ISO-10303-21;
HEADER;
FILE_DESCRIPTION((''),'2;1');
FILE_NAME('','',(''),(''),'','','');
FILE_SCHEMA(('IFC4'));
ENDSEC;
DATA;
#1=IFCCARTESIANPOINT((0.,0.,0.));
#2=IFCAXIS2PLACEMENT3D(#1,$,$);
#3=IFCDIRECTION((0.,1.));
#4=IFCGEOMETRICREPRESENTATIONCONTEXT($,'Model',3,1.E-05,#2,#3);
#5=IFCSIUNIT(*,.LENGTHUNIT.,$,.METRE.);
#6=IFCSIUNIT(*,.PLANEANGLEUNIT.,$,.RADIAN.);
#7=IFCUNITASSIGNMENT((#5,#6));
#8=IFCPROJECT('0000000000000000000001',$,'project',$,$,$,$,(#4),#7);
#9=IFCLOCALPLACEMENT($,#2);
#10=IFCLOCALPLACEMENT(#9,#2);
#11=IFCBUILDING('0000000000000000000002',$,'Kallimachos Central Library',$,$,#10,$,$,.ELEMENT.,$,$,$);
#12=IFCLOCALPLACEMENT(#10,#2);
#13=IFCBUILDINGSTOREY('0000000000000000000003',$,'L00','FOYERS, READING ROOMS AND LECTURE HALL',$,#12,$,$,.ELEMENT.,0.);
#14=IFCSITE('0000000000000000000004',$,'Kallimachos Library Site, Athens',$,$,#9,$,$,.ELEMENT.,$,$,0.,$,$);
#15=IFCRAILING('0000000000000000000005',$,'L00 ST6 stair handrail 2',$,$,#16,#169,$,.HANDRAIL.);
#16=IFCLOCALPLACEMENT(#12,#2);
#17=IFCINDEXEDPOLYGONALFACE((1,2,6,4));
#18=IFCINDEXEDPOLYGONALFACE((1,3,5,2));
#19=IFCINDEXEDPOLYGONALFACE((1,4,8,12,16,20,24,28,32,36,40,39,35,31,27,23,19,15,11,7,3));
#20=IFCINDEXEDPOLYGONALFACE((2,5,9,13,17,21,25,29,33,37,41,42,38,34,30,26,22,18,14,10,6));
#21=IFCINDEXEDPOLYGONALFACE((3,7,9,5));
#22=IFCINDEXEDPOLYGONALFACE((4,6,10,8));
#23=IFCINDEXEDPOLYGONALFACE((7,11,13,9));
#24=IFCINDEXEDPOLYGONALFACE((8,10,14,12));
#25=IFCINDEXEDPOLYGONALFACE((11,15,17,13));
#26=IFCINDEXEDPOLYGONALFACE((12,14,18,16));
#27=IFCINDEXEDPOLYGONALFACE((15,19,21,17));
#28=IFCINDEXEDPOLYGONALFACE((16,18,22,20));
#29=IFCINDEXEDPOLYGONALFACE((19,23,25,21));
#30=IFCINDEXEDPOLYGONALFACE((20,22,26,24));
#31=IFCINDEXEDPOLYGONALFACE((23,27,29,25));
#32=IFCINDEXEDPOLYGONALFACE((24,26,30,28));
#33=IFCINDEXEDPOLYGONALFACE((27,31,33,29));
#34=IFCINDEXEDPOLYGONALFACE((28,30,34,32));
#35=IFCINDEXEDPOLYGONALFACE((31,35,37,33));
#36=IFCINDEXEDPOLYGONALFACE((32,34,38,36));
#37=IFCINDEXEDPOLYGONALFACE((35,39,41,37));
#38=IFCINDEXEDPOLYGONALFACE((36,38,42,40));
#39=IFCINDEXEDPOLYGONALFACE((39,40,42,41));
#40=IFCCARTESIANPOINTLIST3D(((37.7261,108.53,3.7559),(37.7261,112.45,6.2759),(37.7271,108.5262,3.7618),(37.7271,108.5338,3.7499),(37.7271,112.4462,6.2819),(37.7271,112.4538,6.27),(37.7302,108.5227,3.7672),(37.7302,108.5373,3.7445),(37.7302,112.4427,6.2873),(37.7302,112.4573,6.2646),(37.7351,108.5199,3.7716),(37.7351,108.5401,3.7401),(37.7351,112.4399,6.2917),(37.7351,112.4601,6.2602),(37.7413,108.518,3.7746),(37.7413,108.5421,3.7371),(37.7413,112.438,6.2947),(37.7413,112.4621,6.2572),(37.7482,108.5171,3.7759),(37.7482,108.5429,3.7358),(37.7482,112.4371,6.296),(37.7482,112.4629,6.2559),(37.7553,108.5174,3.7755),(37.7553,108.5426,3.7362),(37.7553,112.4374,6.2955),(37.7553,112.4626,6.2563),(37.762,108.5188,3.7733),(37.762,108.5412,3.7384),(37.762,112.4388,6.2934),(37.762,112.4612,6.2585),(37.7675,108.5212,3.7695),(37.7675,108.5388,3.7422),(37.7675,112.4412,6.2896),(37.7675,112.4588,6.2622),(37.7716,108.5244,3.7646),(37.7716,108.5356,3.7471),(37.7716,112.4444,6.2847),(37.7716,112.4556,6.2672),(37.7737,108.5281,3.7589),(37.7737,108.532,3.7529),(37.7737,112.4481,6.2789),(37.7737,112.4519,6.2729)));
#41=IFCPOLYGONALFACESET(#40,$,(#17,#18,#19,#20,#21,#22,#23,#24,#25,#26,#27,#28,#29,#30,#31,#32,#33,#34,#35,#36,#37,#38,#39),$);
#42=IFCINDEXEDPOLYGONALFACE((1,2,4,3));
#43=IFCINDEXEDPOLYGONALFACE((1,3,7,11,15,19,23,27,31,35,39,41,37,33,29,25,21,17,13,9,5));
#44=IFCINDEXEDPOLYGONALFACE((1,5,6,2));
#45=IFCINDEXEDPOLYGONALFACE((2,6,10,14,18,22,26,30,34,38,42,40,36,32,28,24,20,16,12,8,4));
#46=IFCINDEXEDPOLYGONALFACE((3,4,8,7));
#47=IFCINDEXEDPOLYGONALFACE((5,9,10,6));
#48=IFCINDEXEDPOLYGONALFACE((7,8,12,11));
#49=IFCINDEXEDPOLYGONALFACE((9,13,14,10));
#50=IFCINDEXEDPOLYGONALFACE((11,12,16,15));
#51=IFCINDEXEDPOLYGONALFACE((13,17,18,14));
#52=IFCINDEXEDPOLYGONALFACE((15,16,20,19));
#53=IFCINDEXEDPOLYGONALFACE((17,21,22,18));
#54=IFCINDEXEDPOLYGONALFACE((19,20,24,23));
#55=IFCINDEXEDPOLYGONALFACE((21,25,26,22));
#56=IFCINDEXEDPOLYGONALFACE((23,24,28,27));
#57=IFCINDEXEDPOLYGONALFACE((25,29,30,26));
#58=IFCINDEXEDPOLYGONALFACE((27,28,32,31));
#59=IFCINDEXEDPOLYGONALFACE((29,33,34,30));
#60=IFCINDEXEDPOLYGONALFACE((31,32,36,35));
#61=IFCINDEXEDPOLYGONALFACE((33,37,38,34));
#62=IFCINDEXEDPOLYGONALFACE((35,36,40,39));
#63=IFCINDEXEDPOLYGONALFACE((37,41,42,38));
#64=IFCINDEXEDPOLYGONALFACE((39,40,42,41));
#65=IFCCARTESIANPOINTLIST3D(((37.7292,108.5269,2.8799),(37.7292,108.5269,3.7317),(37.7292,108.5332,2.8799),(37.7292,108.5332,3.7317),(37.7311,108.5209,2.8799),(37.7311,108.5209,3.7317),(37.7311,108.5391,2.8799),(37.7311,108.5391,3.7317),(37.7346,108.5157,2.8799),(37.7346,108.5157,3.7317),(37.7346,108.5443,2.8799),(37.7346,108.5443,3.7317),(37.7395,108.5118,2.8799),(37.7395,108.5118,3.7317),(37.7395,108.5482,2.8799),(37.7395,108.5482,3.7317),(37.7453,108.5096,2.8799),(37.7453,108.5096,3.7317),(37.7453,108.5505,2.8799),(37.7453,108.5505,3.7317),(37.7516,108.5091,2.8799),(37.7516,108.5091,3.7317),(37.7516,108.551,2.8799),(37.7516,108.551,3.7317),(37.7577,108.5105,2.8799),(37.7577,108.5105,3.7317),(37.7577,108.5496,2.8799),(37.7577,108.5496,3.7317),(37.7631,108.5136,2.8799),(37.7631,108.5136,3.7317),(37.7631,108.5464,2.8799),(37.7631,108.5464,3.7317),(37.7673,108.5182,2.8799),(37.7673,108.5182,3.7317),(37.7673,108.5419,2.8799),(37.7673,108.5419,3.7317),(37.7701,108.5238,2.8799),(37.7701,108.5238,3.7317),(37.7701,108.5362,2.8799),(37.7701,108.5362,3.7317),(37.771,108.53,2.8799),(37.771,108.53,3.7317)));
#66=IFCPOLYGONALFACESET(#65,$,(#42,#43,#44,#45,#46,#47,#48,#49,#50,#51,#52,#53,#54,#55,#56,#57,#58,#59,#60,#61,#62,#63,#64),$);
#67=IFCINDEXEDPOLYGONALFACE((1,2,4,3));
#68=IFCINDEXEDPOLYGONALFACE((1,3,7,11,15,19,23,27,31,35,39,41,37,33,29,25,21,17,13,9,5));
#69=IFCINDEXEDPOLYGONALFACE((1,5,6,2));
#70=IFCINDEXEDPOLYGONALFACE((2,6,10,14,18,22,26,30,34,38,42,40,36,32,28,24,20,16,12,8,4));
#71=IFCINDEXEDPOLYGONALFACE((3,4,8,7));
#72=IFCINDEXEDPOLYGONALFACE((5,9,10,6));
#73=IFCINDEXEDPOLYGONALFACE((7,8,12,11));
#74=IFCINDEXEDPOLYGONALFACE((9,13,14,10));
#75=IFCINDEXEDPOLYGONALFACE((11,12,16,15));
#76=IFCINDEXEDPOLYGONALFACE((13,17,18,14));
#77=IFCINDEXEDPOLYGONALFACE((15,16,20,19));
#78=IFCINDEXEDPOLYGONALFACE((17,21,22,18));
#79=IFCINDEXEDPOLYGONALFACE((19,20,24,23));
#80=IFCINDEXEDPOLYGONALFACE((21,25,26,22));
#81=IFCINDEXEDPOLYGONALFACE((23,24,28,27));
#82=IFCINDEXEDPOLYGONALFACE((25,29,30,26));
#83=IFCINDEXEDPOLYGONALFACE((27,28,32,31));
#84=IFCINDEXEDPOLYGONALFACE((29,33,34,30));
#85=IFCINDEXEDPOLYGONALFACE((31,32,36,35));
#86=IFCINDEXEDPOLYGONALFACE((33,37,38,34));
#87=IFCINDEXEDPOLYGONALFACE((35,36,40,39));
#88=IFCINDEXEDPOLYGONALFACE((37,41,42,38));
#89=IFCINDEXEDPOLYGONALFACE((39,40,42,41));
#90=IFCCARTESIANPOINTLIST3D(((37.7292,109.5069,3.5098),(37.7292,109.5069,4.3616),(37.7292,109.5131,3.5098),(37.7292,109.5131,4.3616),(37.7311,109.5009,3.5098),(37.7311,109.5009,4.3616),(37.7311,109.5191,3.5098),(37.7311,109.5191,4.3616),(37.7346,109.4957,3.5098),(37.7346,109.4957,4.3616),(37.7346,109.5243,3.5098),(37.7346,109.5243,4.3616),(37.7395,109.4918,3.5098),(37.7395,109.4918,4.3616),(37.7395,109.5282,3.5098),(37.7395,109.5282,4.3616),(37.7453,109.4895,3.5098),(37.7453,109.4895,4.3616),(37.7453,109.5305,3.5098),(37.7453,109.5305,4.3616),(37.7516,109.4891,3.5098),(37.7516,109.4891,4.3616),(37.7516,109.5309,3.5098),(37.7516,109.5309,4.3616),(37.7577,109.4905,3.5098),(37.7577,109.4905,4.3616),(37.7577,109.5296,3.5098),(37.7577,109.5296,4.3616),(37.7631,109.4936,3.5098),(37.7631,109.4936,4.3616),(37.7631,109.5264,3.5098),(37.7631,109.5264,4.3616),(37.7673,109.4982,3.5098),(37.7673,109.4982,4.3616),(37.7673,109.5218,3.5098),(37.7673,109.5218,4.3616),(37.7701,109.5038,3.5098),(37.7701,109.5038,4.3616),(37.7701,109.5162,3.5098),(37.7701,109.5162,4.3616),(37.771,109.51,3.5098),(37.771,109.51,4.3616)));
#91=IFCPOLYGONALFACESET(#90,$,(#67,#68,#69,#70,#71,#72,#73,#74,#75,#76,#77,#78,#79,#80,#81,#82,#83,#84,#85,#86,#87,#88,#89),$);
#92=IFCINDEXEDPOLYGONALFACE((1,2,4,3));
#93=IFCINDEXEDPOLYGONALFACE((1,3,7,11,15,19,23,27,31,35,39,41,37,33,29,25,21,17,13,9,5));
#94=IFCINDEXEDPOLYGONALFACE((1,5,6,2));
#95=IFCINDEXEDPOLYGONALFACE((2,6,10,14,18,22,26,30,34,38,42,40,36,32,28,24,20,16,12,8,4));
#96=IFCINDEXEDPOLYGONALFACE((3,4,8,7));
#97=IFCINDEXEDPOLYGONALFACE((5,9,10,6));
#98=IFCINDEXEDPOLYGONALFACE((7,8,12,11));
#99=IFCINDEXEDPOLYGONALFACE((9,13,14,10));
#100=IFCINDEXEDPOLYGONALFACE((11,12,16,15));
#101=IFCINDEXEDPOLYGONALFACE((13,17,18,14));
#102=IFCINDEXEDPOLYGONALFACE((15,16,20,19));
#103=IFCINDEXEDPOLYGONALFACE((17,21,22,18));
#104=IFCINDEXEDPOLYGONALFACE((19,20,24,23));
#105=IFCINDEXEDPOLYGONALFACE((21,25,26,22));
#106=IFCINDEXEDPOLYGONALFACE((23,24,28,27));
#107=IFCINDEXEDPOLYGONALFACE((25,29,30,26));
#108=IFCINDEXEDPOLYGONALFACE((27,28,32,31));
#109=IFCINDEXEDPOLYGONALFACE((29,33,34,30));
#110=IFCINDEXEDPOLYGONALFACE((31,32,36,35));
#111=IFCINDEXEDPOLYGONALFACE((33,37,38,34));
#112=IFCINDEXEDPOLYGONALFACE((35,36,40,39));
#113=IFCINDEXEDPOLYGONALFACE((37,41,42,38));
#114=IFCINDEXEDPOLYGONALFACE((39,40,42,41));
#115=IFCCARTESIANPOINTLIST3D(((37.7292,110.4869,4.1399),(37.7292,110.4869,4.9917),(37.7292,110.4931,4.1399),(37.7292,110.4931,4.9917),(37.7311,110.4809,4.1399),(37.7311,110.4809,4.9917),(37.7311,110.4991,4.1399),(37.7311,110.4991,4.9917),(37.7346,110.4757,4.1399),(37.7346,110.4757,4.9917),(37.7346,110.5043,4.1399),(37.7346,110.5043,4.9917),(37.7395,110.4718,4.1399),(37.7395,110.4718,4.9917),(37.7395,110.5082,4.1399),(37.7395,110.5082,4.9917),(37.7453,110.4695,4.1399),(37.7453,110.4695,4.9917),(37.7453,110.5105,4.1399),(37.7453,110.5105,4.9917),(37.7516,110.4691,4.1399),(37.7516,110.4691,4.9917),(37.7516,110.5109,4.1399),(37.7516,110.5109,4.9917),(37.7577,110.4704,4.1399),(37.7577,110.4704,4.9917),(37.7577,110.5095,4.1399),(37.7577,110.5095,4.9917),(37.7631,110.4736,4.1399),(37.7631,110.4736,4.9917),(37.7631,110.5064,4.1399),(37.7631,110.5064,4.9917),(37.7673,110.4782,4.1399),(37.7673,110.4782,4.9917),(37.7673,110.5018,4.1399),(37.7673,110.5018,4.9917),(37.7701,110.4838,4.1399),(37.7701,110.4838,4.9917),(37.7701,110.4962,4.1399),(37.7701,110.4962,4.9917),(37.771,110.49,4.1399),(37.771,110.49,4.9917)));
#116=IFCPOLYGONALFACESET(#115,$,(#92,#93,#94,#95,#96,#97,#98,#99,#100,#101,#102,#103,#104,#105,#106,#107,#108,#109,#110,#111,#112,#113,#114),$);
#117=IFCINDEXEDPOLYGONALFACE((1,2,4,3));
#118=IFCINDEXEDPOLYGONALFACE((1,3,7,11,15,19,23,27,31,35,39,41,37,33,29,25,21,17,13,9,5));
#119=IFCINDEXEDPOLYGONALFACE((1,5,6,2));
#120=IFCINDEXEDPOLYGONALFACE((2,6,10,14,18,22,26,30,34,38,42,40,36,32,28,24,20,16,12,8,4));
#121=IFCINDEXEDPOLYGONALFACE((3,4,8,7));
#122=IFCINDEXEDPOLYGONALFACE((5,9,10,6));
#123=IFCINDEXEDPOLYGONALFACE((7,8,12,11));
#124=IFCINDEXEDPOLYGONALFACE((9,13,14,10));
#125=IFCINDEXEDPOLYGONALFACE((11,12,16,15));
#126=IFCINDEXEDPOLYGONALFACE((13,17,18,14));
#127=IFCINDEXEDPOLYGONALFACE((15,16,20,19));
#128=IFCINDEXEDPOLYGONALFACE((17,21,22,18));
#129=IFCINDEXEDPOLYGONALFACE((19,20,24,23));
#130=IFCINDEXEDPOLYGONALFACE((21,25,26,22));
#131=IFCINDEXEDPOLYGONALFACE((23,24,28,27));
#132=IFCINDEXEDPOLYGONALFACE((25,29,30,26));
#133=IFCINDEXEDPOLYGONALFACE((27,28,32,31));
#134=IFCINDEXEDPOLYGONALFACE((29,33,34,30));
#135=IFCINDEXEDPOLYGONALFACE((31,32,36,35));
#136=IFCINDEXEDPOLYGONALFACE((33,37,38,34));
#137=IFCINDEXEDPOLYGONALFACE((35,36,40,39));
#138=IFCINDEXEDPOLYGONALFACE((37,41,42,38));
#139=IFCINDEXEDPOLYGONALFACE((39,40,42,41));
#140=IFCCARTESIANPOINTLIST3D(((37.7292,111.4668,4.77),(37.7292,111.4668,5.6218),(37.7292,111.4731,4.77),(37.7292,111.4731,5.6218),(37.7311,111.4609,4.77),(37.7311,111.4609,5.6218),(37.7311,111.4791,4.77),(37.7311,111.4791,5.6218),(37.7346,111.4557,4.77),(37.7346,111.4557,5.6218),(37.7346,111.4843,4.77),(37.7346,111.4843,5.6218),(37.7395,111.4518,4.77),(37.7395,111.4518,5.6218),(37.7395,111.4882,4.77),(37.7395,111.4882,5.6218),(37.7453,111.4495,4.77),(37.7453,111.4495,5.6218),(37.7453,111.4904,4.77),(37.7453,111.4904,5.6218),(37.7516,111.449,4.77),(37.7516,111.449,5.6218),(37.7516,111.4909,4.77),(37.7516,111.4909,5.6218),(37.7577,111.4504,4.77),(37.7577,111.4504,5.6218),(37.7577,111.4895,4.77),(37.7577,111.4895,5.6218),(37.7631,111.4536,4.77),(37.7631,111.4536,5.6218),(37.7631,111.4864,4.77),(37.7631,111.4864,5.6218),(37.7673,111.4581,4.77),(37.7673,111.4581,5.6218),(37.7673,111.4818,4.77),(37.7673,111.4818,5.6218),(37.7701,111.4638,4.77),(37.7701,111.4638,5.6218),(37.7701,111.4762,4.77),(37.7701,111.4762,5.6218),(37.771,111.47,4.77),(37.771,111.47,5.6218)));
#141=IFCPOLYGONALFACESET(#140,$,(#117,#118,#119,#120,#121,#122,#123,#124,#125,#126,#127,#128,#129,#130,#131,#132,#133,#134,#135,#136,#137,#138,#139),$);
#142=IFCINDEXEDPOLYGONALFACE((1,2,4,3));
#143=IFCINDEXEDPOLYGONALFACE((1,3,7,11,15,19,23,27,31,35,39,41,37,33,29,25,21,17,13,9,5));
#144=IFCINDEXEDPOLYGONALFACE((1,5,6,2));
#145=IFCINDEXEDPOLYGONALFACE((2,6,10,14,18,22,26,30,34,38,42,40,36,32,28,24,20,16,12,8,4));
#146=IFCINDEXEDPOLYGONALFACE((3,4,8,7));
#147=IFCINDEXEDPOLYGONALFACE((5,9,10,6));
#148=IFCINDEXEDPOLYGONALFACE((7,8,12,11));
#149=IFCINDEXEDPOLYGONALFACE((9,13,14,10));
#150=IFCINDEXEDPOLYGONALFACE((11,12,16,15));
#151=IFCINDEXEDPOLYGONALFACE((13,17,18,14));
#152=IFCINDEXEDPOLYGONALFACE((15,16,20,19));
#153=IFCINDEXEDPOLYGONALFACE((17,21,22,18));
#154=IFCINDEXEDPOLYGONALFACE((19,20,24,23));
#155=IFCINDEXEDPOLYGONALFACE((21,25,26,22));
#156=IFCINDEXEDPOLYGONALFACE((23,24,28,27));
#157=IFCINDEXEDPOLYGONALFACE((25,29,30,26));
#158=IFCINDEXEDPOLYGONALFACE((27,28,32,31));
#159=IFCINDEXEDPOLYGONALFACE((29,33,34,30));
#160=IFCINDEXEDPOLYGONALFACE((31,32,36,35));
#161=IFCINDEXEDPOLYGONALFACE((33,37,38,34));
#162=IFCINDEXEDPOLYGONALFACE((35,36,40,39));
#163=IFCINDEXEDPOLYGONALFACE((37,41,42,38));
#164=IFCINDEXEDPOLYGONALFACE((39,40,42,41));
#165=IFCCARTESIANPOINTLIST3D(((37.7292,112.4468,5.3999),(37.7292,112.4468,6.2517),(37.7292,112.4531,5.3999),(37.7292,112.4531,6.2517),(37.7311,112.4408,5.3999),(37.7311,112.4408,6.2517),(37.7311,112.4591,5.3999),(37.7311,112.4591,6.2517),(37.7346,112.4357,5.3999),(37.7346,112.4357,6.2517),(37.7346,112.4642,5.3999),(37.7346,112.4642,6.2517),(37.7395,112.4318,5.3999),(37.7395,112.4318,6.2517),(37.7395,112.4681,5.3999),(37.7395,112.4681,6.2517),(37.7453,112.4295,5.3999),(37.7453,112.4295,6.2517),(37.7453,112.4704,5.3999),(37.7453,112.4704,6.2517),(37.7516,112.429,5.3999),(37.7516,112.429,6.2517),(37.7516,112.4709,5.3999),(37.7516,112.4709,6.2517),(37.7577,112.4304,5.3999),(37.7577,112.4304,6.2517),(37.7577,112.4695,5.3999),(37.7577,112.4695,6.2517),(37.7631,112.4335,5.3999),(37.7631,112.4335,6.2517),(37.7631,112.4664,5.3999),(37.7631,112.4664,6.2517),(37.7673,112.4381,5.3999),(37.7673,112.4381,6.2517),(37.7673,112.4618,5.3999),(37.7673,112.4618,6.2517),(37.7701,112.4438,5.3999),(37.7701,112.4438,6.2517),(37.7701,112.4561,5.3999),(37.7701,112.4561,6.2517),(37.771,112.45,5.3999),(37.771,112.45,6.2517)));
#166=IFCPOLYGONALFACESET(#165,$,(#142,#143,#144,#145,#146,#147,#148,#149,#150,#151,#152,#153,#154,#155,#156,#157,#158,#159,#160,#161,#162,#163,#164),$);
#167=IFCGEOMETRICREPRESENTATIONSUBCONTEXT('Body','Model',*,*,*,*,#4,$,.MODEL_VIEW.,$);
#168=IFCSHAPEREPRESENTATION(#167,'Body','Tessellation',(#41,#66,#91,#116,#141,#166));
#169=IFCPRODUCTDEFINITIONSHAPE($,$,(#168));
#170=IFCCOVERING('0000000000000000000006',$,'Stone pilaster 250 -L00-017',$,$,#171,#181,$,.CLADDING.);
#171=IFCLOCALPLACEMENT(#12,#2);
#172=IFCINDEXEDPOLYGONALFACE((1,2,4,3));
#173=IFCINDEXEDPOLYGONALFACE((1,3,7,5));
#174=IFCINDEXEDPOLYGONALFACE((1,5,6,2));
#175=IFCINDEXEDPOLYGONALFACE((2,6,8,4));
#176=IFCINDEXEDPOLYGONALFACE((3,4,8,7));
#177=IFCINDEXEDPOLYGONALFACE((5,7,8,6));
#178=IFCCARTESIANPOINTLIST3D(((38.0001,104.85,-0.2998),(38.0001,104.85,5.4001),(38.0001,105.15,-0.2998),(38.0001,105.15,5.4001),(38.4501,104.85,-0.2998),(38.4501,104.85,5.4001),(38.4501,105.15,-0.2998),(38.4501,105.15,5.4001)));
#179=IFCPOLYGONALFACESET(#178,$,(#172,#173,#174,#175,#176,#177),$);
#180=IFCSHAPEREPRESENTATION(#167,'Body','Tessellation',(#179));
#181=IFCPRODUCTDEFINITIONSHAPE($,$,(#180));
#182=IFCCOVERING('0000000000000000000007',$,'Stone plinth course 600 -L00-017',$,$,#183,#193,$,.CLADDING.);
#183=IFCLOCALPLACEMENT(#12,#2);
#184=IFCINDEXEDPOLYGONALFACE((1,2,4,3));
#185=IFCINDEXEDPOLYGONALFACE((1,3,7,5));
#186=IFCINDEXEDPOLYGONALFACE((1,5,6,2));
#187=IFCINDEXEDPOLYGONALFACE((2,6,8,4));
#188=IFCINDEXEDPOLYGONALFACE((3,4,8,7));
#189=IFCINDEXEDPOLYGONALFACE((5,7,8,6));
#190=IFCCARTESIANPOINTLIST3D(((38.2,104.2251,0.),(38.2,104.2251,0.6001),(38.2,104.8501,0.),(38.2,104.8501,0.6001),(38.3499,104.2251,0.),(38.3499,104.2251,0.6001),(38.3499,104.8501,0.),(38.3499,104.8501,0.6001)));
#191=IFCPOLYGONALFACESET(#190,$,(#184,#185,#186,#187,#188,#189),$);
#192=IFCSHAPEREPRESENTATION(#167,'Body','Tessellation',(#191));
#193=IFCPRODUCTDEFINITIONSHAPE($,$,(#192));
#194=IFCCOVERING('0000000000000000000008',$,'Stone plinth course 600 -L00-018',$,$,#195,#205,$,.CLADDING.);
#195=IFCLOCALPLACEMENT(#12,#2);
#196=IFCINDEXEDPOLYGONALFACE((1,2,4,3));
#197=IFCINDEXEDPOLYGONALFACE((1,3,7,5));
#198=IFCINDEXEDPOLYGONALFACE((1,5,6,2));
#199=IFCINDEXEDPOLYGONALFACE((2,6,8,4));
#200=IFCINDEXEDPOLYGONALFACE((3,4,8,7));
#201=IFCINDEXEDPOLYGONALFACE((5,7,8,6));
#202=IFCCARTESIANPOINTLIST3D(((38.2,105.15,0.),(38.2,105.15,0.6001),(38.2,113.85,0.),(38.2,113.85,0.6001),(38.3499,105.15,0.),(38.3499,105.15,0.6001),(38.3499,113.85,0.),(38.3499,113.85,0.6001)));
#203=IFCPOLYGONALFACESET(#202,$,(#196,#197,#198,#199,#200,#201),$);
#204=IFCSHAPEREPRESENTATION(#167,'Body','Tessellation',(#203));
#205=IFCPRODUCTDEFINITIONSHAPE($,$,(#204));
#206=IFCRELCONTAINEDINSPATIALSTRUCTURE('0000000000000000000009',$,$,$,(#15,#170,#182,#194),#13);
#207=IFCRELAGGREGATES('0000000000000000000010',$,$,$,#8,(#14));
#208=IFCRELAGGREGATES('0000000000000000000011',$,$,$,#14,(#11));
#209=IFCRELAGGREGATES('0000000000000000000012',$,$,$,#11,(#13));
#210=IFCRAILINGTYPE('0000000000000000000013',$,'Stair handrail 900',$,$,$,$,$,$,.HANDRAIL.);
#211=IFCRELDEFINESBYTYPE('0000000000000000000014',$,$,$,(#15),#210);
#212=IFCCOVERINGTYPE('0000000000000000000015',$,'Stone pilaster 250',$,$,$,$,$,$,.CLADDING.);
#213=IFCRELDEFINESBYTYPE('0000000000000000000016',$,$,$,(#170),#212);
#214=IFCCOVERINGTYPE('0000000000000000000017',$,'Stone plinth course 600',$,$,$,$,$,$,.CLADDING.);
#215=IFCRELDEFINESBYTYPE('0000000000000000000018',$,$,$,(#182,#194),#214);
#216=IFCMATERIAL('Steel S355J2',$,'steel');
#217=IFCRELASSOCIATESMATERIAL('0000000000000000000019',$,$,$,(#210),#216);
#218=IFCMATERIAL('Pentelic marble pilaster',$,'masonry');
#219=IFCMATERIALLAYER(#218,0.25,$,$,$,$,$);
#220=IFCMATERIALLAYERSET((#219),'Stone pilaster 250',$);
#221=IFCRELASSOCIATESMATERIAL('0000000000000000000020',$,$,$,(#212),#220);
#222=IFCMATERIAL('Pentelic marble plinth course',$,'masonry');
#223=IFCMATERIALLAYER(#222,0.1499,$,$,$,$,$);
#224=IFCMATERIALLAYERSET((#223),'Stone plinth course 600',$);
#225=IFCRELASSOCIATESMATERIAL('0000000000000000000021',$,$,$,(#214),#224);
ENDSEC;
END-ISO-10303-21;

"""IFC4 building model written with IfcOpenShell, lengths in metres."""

from ifc_helpers import new_model, si_unit, direction, frame, origin, origin_2d, place, context, subcontext, project, spatial, rectangle, circle, extrude, material, layer, layer_set, type_object, element, save


model = new_model("IFC4")

# Units and contexts
model_context = context("Model", 3, precision=1e-05, world=origin(), true_north=direction((0.0, 1.0)))
body_context = subcontext(model_context, "Body", "Model", "MODEL_VIEW")
ifc_project = project(units=[si_unit("LENGTHUNIT", "METRE"), si_unit("PLANEANGLEUNIT", "RADIAN")], contexts=[model_context])

# Site, building, storey
site_placement = place(None, origin())
site = spatial("IfcSite", under=ifc_project, at=site_placement, Name="Kallimachos Library Site, Athens", CompositionType="ELEMENT", RefElevation=0.0)
building_placement = place(site_placement, origin())
building = spatial("IfcBuilding", under=site, at=building_placement, Name="Kallimachos Central Library", CompositionType="ELEMENT")
storey_placement = place(building_placement, origin())
storey = spatial("IfcBuildingStorey", under=building, at=storey_placement, Name="L00", Description="FOYERS, READING ROOMS AND LECTURE HALL", CompositionType="ELEMENT", Elevation=0.0)

# Railing
ifc_material_1 = material(Name="Steel S355J2", Category="steel")
railing_type_1 = type_object("IfcRailingType", Name="Stair handrail 900", PredefinedType="HANDRAIL", material=ifc_material_1)
railing_1_placement = place(storey_placement, frame((37.75, 108.53, 2.8799)))
element("IfcRailing", 1, at=railing_1_placement, inside=storey, type_object=railing_type_1, Name="L00 ST6 stair handrail 2", PredefinedType="HANDRAIL", context=body_context, shape_type="SweptSolid", body=[
    extrude(circle(Radius=0.0239, at=origin_2d()), frame((0.0, 0.0, 0.876), z_axis=(0.0, 0.841172, 0.540768), x_axis=(-1.0, 0.0, 0.0)), (0.0, 0.0, 1.0), 4.6602),
    extrude(circle(Radius=0.021, at=origin_2d()), origin(), (0.0, 0.0, 1.0), 0.8518),
    extrude(circle(Radius=0.021, at=origin_2d()), frame((0.0, 0.98, 0.6299)), (0.0, 0.0, 1.0), 0.8518),
    extrude(circle(Radius=0.021, at=origin_2d()), frame((0.0, 1.96, 1.26)), (0.0, 0.0, 1.0), 0.8518),
    extrude(circle(Radius=0.021, at=origin_2d()), frame((0.0, 2.9399, 1.8901)), (0.0, 0.0, 1.0), 0.8518),
    extrude(circle(Radius=0.021, at=origin_2d()), frame((0.0, 3.9199, 2.52)), (0.0, 0.0, 1.0), 0.8518),
])

# Coverings
ifc_material_2 = material(Name="Pentelic marble pilaster", Category="masonry")
ifc_layer_1 = layer(ifc_material_2, 0.25)
ifc_layer_set_1 = layer_set([ifc_layer_1], Name="Stone pilaster 250")
covering_type_1 = type_object("IfcCoveringType", Name="Stone pilaster 250", PredefinedType="CLADDING", material=ifc_layer_set_1)
covering_1_placement = place(storey_placement, frame((38.2251, 105.0, -0.2998), z_axis=(0.0, 0.0, 1.0), x_axis=(1.0, 0.0, 0.0)))
element("IfcCovering", 2, at=covering_1_placement, inside=storey, type_object=covering_type_1, Name="Stone pilaster 250 -L00-017", PredefinedType="CLADDING", context=body_context, shape_type="SweptSolid", body=[
    extrude(rectangle(XDim=0.45, YDim=0.3, at=origin_2d()), origin(), (0.0, 0.0, 1.0), 5.7),
])
ifc_material_3 = material(Name="Pentelic marble plinth course", Category="masonry")
ifc_layer_2 = layer(ifc_material_3, 0.1499)
ifc_layer_set_2 = layer_set([ifc_layer_2], Name="Stone plinth course 600")
covering_type_2 = type_object("IfcCoveringType", Name="Stone plinth course 600", PredefinedType="CLADDING", material=ifc_layer_set_2)
covering_2_placement = place(storey_placement, frame((38.2749, 104.5376, 0.0), z_axis=(0.0, 0.0, 1.0), x_axis=(1.0, 0.0, 0.0)))
element("IfcCovering", 3, at=covering_2_placement, inside=storey, type_object=covering_type_2, Name="Stone plinth course 600 -L00-017", PredefinedType="CLADDING", context=body_context, shape_type="SweptSolid", body=[
    extrude(rectangle(XDim=0.1499, YDim=0.625, at=origin_2d()), origin(), (0.0, 0.0, 1.0), 0.6001),
])
covering_3_placement = place(storey_placement, frame((38.2749, 109.5, 0.0), z_axis=(0.0, 0.0, 1.0), x_axis=(1.0, 0.0, 0.0)))
element("IfcCovering", 4, at=covering_3_placement, inside=storey, type_object=covering_type_2, Name="Stone plinth course 600 -L00-018", PredefinedType="CLADDING", context=body_context, shape_type="SweptSolid", body=[
    extrude(rectangle(XDim=0.1499, YDim=8.7, at=origin_2d()), origin(), (0.0, 0.0, 1.0), 0.6001),
])

save(model, "model.ifc")
